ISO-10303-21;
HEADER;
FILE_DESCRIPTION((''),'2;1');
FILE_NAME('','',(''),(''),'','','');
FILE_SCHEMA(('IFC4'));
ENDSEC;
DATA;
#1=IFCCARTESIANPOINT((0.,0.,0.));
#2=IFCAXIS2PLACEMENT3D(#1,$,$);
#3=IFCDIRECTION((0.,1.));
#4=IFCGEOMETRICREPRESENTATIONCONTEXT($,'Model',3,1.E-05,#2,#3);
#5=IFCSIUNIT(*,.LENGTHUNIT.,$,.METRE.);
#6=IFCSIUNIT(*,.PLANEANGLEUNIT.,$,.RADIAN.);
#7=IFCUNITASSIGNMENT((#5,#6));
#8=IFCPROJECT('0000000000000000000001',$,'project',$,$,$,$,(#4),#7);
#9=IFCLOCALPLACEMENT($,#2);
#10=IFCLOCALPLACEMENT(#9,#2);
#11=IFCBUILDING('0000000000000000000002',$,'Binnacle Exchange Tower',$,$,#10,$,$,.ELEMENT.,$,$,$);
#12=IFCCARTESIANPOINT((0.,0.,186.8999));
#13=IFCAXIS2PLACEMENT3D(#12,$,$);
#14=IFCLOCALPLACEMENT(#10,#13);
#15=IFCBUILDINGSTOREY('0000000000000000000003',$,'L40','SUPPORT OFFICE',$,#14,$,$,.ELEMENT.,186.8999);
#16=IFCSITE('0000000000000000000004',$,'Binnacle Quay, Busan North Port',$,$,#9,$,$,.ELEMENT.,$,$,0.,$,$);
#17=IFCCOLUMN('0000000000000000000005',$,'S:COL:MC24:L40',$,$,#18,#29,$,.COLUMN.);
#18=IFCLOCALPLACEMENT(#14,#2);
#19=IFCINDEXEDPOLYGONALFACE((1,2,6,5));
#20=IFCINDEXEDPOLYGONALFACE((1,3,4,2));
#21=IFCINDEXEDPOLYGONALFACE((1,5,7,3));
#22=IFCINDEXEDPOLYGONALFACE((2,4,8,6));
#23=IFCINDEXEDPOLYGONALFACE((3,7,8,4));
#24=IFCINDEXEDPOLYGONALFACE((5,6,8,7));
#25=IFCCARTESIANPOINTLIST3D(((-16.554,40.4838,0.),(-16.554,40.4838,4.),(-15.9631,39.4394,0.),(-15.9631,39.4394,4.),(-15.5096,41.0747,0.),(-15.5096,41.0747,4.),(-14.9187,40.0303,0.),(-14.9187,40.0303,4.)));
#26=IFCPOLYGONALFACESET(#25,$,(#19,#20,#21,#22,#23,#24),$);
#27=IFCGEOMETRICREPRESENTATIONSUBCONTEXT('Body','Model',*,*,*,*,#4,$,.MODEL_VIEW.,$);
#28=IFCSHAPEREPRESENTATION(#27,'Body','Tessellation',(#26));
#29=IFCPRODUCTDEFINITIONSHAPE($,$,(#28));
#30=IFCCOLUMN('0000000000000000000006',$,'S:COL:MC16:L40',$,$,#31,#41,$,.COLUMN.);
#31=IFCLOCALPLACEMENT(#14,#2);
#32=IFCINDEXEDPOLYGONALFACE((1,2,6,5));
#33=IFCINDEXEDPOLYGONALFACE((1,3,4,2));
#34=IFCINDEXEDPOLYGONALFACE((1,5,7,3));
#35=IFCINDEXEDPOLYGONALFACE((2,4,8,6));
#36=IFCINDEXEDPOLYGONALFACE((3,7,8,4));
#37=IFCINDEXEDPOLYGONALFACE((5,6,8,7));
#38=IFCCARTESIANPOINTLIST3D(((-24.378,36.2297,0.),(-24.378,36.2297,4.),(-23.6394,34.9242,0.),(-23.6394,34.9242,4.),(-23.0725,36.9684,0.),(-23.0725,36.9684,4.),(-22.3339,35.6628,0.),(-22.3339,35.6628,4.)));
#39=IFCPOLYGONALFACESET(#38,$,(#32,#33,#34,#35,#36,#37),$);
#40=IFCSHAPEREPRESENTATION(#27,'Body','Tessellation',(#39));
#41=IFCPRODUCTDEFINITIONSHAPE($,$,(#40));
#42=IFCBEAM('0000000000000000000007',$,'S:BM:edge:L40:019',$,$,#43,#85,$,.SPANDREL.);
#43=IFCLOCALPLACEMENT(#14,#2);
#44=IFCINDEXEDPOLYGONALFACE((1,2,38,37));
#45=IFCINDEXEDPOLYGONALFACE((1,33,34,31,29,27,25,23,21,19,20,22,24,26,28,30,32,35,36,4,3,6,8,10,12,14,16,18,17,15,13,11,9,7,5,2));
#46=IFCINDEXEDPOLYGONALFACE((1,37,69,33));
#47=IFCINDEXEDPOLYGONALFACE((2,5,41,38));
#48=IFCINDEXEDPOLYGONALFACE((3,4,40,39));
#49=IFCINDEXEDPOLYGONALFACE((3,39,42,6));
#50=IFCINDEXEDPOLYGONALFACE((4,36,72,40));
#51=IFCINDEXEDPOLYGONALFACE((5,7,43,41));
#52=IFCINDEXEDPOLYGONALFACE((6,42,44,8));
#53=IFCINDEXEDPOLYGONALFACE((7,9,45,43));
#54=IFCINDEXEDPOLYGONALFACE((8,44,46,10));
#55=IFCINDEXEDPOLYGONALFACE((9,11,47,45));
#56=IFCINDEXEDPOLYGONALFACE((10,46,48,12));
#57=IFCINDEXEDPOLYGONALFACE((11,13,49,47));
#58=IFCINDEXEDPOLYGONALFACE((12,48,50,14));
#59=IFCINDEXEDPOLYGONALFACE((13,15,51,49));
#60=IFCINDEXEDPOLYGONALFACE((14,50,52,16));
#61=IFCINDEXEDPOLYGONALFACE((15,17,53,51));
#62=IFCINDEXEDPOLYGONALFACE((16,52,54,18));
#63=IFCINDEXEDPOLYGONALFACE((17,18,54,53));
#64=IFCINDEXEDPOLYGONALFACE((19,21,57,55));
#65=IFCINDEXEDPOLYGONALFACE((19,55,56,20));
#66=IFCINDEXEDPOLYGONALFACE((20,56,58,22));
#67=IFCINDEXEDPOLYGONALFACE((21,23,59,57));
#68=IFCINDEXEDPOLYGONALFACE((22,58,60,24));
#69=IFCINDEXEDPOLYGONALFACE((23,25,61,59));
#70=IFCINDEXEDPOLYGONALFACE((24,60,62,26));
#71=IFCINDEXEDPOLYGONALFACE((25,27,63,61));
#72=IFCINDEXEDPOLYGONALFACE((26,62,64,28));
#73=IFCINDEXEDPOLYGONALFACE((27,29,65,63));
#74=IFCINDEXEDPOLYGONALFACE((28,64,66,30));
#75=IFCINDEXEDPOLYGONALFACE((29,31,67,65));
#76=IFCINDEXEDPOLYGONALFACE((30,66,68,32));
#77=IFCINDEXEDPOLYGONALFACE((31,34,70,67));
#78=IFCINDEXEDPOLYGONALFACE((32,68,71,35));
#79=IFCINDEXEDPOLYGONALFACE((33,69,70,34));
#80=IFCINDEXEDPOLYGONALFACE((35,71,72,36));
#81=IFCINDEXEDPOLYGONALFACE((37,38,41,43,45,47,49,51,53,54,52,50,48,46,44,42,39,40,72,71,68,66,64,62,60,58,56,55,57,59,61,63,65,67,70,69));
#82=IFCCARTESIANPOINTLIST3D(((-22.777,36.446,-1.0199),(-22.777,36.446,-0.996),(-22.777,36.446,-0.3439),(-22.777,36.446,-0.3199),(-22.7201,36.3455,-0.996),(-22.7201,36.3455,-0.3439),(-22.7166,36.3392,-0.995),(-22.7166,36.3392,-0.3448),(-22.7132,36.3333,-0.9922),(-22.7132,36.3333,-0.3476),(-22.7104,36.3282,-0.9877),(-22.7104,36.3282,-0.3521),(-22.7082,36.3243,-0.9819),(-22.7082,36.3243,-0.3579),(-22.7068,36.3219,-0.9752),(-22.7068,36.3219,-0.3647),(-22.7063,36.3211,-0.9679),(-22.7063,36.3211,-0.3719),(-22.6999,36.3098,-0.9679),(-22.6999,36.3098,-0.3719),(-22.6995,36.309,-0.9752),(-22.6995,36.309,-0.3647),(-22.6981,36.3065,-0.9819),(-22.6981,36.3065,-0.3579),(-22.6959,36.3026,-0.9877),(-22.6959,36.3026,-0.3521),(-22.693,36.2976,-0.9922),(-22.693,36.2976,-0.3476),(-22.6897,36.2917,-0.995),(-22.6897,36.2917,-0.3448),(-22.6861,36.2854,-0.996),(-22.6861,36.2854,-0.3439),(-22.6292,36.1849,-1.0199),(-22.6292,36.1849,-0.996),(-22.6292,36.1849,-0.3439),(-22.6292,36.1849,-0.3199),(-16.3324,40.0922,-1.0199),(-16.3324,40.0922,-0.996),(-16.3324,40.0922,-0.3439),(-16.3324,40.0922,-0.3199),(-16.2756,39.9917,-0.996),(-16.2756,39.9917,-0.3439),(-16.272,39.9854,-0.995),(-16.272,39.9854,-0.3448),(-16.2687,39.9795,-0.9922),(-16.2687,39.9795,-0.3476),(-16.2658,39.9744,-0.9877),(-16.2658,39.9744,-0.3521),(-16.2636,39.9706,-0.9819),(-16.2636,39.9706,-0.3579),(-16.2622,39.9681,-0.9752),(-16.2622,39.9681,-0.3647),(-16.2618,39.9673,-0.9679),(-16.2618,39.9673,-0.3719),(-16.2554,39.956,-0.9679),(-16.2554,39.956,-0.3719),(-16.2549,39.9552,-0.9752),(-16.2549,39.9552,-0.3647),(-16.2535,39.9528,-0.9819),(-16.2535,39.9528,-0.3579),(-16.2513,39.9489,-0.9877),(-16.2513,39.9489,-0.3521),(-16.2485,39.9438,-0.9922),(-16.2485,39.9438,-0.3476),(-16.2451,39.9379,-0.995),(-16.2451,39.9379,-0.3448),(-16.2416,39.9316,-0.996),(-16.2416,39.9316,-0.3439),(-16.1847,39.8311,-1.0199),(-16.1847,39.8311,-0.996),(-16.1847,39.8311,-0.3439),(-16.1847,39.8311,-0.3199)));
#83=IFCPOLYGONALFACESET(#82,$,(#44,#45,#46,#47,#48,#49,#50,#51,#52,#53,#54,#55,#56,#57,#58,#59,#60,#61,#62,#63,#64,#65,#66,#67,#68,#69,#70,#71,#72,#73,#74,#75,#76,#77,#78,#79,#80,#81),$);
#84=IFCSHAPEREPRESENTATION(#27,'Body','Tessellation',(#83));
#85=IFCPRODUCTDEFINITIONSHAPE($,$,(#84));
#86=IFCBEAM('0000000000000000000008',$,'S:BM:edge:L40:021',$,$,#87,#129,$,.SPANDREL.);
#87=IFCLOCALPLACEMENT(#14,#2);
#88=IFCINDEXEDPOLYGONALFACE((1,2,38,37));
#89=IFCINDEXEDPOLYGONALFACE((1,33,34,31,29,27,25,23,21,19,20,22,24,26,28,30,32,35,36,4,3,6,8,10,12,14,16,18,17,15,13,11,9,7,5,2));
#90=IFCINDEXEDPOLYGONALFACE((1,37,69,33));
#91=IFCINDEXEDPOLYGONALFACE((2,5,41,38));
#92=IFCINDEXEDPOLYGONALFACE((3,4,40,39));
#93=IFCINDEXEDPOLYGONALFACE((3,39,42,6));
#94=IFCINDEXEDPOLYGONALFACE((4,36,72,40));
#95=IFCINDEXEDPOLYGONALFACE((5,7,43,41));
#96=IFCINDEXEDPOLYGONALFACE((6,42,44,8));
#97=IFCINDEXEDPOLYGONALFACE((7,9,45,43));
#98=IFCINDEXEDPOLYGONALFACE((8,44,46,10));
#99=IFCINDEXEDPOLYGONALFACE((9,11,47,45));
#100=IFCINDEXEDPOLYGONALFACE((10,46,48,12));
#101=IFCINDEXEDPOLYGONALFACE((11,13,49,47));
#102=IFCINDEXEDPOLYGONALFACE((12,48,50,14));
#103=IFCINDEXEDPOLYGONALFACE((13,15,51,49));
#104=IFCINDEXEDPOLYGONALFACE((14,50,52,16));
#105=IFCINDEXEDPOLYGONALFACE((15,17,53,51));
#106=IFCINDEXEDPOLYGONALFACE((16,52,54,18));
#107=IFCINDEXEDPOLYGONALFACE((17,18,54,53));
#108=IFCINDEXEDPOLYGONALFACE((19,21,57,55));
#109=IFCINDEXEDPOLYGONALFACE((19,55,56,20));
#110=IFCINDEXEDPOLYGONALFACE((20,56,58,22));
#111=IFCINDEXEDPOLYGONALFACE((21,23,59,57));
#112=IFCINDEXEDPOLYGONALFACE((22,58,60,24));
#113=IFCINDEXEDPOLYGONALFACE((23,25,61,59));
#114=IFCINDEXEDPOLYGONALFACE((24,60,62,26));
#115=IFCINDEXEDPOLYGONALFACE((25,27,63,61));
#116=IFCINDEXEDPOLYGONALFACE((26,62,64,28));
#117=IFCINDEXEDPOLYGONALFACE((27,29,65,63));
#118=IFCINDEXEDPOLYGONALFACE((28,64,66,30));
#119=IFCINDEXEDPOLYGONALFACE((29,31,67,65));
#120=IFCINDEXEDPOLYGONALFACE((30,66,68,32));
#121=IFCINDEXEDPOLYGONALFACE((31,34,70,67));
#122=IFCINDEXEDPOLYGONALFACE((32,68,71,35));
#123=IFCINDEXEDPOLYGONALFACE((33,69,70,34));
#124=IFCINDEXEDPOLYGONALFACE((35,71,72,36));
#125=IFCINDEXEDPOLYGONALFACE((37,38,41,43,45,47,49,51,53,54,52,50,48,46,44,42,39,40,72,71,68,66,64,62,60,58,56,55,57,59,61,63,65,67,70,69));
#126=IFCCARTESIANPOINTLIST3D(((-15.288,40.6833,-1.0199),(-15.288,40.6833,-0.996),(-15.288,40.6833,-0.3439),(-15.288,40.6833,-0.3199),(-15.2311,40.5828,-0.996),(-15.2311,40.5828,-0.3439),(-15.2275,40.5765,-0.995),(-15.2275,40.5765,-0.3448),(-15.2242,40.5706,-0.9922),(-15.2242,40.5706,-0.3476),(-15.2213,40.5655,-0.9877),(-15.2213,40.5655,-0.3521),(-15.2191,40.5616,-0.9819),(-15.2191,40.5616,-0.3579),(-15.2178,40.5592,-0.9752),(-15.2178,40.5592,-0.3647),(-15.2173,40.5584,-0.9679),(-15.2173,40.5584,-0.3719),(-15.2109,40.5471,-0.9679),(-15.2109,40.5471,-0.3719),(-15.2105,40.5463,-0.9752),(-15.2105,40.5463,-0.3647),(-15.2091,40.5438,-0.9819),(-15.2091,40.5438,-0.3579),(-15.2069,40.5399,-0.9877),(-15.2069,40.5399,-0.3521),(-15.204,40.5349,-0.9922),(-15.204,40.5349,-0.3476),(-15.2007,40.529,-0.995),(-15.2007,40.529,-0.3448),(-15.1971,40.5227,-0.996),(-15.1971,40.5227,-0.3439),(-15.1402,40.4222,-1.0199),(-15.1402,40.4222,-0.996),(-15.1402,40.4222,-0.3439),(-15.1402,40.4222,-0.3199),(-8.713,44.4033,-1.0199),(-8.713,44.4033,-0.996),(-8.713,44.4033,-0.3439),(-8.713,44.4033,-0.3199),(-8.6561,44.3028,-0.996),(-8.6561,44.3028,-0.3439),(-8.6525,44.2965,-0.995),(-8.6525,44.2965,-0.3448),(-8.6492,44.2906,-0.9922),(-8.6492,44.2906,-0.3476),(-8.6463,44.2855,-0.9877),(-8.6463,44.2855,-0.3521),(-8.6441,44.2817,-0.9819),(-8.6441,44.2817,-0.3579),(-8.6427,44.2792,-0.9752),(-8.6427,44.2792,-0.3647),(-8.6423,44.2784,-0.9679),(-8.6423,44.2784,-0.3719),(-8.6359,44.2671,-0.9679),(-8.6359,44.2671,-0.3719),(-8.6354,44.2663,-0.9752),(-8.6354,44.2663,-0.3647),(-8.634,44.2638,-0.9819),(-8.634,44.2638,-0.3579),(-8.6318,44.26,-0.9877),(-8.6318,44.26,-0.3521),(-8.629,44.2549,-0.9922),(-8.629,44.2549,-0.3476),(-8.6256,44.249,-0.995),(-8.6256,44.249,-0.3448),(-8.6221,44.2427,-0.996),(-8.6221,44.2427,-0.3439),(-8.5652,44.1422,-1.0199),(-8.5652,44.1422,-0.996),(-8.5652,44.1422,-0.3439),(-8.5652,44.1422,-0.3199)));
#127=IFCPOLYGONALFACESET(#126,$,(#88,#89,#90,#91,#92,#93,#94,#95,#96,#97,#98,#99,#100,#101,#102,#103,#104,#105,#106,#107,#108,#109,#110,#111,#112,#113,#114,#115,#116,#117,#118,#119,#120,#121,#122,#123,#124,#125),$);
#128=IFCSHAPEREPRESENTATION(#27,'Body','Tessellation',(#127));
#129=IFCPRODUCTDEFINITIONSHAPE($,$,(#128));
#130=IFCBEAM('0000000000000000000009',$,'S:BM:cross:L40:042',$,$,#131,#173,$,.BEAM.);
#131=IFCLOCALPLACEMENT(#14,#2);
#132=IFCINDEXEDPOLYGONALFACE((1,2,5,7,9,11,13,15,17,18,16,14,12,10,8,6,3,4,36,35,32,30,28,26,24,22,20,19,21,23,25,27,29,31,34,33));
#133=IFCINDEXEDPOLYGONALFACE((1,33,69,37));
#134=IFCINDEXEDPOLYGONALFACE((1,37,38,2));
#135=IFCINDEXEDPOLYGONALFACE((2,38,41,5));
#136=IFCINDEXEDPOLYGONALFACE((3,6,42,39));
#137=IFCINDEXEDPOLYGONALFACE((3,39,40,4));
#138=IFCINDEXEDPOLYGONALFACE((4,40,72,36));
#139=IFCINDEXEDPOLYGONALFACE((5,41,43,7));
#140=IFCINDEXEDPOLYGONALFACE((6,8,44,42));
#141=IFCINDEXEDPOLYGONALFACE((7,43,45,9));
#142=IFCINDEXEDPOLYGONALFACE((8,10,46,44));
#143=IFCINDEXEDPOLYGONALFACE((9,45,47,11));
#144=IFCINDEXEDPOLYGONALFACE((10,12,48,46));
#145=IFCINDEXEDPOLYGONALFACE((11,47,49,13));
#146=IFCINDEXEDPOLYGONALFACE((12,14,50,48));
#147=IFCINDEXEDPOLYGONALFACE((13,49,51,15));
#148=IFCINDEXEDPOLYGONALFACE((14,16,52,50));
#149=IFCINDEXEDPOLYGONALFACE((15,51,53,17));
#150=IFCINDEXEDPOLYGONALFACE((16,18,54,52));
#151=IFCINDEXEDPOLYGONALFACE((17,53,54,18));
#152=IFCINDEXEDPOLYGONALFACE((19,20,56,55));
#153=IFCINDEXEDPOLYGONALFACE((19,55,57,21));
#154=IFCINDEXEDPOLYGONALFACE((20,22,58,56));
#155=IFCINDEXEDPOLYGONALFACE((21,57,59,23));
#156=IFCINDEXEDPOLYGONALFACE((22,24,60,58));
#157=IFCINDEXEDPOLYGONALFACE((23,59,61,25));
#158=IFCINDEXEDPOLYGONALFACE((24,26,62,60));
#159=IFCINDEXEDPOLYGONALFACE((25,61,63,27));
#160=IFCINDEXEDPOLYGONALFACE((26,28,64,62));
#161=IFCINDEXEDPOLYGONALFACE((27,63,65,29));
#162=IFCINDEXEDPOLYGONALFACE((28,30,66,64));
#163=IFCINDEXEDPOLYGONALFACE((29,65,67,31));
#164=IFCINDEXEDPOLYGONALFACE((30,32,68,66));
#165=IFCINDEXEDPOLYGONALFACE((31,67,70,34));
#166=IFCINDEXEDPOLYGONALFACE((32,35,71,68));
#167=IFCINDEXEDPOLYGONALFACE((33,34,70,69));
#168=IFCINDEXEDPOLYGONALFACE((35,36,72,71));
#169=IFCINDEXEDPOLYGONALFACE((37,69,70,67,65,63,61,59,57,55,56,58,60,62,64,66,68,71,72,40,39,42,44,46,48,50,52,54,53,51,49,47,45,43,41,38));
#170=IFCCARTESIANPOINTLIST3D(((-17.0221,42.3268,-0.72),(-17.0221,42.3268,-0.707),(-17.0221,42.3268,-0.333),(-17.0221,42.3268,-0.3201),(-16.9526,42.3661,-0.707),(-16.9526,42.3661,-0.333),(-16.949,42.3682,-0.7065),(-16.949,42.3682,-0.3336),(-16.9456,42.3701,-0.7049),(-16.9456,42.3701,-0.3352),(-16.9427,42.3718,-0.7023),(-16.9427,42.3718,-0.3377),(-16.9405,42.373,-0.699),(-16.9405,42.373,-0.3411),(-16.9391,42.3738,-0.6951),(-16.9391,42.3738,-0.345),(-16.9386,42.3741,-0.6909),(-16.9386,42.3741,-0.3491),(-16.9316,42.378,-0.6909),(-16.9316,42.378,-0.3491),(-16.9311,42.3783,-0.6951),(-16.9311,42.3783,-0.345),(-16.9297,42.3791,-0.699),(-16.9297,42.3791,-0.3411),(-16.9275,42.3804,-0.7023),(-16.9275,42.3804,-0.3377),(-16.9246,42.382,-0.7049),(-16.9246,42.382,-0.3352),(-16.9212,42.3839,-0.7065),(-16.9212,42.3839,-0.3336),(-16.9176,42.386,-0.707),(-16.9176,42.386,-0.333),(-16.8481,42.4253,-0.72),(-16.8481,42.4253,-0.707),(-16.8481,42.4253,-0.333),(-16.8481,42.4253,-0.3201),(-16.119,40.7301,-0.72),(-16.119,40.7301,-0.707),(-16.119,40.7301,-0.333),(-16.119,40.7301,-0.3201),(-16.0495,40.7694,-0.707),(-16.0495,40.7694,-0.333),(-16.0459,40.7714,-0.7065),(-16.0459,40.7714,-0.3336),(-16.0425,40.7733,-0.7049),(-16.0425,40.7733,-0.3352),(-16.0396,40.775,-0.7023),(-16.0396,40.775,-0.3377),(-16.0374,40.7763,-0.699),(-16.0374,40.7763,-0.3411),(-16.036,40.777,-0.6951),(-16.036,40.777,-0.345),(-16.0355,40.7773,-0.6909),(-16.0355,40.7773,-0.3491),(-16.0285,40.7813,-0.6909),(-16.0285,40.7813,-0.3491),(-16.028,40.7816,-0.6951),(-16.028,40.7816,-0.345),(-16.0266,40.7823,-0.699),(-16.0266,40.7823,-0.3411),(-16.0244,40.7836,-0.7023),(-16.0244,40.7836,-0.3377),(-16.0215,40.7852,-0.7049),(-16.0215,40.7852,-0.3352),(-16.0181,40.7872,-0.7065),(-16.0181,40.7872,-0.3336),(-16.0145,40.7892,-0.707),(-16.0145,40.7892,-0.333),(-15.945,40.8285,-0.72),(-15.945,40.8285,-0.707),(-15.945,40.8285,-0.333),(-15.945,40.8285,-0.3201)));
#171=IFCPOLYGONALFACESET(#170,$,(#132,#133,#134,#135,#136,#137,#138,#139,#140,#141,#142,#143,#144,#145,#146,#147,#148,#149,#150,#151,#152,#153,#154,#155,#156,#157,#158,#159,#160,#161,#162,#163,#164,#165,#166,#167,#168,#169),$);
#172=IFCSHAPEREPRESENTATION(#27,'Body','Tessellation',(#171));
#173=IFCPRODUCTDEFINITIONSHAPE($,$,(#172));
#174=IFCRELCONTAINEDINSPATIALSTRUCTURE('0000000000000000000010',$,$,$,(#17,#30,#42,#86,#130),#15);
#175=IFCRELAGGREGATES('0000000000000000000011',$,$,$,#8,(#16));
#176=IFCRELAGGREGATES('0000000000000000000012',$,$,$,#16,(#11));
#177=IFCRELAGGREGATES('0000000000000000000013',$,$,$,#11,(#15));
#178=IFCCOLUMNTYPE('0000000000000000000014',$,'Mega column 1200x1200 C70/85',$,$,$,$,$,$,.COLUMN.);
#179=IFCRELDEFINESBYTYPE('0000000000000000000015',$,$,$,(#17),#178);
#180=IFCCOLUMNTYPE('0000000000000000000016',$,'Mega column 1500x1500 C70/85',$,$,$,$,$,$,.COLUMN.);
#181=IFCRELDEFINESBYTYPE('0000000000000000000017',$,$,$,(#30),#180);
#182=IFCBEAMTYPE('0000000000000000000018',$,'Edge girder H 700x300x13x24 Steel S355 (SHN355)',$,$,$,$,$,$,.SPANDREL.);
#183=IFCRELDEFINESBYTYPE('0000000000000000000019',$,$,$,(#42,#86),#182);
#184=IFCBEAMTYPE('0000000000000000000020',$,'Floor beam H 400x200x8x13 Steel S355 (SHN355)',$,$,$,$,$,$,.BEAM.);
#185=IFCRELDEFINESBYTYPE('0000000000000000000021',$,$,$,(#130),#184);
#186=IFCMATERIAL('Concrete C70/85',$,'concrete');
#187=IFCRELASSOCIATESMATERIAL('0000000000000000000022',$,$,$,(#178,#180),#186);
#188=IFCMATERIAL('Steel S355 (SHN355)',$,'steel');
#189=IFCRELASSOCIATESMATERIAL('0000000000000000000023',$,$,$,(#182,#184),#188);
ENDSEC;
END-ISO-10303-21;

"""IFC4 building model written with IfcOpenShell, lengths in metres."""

from ifc_helpers import new_model, si_unit, direction, frame, origin, origin_2d, place, context, subcontext, project, spatial, rectangle, i_section, extrude, material, material_profile, profile_set, type_object, element, save


model = new_model("IFC4")

# Units and contexts
model_context = context("Model", 3, precision=1e-05, world=origin(), true_north=direction((0.0, 1.0)))
body_context = subcontext(model_context, "Body", "Model", "MODEL_VIEW")
ifc_project = project(units=[si_unit("LENGTHUNIT", "METRE"), si_unit("PLANEANGLEUNIT", "RADIAN")], contexts=[model_context])

# Site, building, storey
site_placement = place(None, origin())
site = spatial("IfcSite", under=ifc_project, at=site_placement, Name="Binnacle Quay, Busan North Port", CompositionType="ELEMENT", RefElevation=0.0)
building_placement = place(site_placement, origin())
building = spatial("IfcBuilding", under=site, at=building_placement, Name="Binnacle Exchange Tower", CompositionType="ELEMENT")
storey_placement = place(building_placement, frame((0.0, 0.0, 186.8999)))
storey = spatial("IfcBuildingStorey", under=building, at=storey_placement, Name="L40", Description="SUPPORT OFFICE", CompositionType="ELEMENT", Elevation=186.8999)

# Columns
ifc_material_1 = material(Name="Concrete C70/85", Category="concrete")
ifc_material_profile_1 = material_profile(ifc_material_1, rectangle(XDim=1.2, YDim=1.2, at=origin_2d()), Name="Mega column 1200x1200 C70/85")
ifc_profile_set_1 = profile_set([ifc_material_profile_1], Name="Concrete C70/85")
column_type_1 = type_object("IfcColumnType", Name="Mega column 1200x1200 C70/85", PredefinedType="COLUMN", material=ifc_profile_set_1)
column_1_placement = place(storey_placement, frame((-15.7363, 40.2571, 0.0), z_axis=(0.0, 0.0, 1.0), x_axis=(0.870356, 0.492424, 0.0)))
element("IfcColumn", 1, at=column_1_placement, inside=storey, type_object=column_type_1, Name="S:COL:MC24:L40", PredefinedType="COLUMN", context=body_context, shape_type="SweptSolid", body=[
    extrude(rectangle(XDim=1.2, YDim=1.2, at=origin_2d()), origin(), (0.0, 0.0, 1.0), 4.0),
])
ifc_material_profile_2 = material_profile(ifc_material_1, rectangle(XDim=1.5, YDim=1.5, at=origin_2d()), Name="Mega column 1500x1500 C70/85")
ifc_profile_set_2 = profile_set([ifc_material_profile_2], Name="Concrete C70/85")
column_type_2 = type_object("IfcColumnType", Name="Mega column 1500x1500 C70/85", PredefinedType="COLUMN", material=ifc_profile_set_2)
column_2_placement = place(storey_placement, frame((-23.356, 35.9463, 0.0), z_axis=(0.0, 0.0, 1.0), x_axis=(0.870356, 0.492424, 0.0)))
element("IfcColumn", 2, at=column_2_placement, inside=storey, type_object=column_type_2, Name="S:COL:MC16:L40", PredefinedType="COLUMN", context=body_context, shape_type="SweptSolid", body=[
    extrude(rectangle(XDim=1.5, YDim=1.5, at=origin_2d()), origin(), (0.0, 0.0, 1.0), 4.0),
])

# Beams
ifc_material_2 = material(Name="Steel S355 (SHN355)", Category="steel")
ifc_material_profile_3 = material_profile(ifc_material_2, i_section(OverallWidth=0.3, OverallDepth=0.7, WebThickness=0.0129, FlangeThickness=0.0239, FilletRadius=0.0281, at=origin_2d()), Name="H 700x300x13x24")
ifc_profile_set_3 = profile_set([ifc_material_profile_3], Name="Steel S355 (SHN355)")
beam_type_1 = type_object("IfcBeamType", Name="Edge girder H 700x300x13x24 Steel S355 (SHN355)", PredefinedType="SPANDREL", material=ifc_profile_set_3)
beam_1_placement = place(storey_placement, frame((-22.7031, 36.3154, -0.6699), z_axis=(0.870352, 0.492431, 0.0), x_axis=(-0.492431, 0.870352, 0.0)))
element("IfcBeam", 3, at=beam_1_placement, inside=storey, type_object=beam_type_1, Name="S:BM:edge:L40:019", PredefinedType="SPANDREL", context=body_context, shape_type="SweptSolid", body=[
    extrude(i_section(OverallWidth=0.3, OverallDepth=0.7, WebThickness=0.0129, FlangeThickness=0.0239, FilletRadius=0.0281, at=origin_2d()), origin(), (0.0, 0.0, 1.0), 7.4045),
])
beam_2_placement = place(storey_placement, frame((-15.2141, 40.5527, -0.6699), z_axis=(0.870353, 0.492428, 0.0), x_axis=(-0.492428, 0.870353, 0.0)))
element("IfcBeam", 4, at=beam_2_placement, inside=storey, type_object=beam_type_1, Name="S:BM:edge:L40:021", PredefinedType="SPANDREL", context=body_context, shape_type="SweptSolid", body=[
    extrude(i_section(OverallWidth=0.3, OverallDepth=0.7, WebThickness=0.0129, FlangeThickness=0.0239, FilletRadius=0.0281, at=origin_2d()), origin(), (0.0, 0.0, 1.0), 7.5544),
])
ifc_material_profile_4 = material_profile(ifc_material_2, i_section(OverallWidth=0.2, OverallDepth=0.3999, WebThickness=0.0081, FlangeThickness=0.0129, FilletRadius=0.0161, at=origin_2d()), Name="H 400x200x8x13")
ifc_profile_set_4 = profile_set([ifc_material_profile_4], Name="Steel S355 (SHN355)")
beam_type_2 = type_object("IfcBeamType", Name="Floor beam H 400x200x8x13 Steel S355 (SHN355)", PredefinedType="BEAM", material=ifc_profile_set_4)
beam_3_placement = place(storey_placement, frame((-16.032, 40.7793, -0.52), z_axis=(-0.492307, 0.870422, 0.0), x_axis=(-0.870422, -0.492307, 0.0)))
element("IfcBeam", 5, at=beam_3_placement, inside=storey, type_object=beam_type_2, Name="S:BM:cross:L40:042", PredefinedType="BEAM", context=body_context, shape_type="SweptSolid", body=[
    extrude(i_section(OverallWidth=0.2, OverallDepth=0.3999, WebThickness=0.0081, FlangeThickness=0.0129, FilletRadius=0.0161, at=origin_2d()), origin(), (0.0, 0.0, 1.0), 1.8345),
])

save(model, "model.ifc")
